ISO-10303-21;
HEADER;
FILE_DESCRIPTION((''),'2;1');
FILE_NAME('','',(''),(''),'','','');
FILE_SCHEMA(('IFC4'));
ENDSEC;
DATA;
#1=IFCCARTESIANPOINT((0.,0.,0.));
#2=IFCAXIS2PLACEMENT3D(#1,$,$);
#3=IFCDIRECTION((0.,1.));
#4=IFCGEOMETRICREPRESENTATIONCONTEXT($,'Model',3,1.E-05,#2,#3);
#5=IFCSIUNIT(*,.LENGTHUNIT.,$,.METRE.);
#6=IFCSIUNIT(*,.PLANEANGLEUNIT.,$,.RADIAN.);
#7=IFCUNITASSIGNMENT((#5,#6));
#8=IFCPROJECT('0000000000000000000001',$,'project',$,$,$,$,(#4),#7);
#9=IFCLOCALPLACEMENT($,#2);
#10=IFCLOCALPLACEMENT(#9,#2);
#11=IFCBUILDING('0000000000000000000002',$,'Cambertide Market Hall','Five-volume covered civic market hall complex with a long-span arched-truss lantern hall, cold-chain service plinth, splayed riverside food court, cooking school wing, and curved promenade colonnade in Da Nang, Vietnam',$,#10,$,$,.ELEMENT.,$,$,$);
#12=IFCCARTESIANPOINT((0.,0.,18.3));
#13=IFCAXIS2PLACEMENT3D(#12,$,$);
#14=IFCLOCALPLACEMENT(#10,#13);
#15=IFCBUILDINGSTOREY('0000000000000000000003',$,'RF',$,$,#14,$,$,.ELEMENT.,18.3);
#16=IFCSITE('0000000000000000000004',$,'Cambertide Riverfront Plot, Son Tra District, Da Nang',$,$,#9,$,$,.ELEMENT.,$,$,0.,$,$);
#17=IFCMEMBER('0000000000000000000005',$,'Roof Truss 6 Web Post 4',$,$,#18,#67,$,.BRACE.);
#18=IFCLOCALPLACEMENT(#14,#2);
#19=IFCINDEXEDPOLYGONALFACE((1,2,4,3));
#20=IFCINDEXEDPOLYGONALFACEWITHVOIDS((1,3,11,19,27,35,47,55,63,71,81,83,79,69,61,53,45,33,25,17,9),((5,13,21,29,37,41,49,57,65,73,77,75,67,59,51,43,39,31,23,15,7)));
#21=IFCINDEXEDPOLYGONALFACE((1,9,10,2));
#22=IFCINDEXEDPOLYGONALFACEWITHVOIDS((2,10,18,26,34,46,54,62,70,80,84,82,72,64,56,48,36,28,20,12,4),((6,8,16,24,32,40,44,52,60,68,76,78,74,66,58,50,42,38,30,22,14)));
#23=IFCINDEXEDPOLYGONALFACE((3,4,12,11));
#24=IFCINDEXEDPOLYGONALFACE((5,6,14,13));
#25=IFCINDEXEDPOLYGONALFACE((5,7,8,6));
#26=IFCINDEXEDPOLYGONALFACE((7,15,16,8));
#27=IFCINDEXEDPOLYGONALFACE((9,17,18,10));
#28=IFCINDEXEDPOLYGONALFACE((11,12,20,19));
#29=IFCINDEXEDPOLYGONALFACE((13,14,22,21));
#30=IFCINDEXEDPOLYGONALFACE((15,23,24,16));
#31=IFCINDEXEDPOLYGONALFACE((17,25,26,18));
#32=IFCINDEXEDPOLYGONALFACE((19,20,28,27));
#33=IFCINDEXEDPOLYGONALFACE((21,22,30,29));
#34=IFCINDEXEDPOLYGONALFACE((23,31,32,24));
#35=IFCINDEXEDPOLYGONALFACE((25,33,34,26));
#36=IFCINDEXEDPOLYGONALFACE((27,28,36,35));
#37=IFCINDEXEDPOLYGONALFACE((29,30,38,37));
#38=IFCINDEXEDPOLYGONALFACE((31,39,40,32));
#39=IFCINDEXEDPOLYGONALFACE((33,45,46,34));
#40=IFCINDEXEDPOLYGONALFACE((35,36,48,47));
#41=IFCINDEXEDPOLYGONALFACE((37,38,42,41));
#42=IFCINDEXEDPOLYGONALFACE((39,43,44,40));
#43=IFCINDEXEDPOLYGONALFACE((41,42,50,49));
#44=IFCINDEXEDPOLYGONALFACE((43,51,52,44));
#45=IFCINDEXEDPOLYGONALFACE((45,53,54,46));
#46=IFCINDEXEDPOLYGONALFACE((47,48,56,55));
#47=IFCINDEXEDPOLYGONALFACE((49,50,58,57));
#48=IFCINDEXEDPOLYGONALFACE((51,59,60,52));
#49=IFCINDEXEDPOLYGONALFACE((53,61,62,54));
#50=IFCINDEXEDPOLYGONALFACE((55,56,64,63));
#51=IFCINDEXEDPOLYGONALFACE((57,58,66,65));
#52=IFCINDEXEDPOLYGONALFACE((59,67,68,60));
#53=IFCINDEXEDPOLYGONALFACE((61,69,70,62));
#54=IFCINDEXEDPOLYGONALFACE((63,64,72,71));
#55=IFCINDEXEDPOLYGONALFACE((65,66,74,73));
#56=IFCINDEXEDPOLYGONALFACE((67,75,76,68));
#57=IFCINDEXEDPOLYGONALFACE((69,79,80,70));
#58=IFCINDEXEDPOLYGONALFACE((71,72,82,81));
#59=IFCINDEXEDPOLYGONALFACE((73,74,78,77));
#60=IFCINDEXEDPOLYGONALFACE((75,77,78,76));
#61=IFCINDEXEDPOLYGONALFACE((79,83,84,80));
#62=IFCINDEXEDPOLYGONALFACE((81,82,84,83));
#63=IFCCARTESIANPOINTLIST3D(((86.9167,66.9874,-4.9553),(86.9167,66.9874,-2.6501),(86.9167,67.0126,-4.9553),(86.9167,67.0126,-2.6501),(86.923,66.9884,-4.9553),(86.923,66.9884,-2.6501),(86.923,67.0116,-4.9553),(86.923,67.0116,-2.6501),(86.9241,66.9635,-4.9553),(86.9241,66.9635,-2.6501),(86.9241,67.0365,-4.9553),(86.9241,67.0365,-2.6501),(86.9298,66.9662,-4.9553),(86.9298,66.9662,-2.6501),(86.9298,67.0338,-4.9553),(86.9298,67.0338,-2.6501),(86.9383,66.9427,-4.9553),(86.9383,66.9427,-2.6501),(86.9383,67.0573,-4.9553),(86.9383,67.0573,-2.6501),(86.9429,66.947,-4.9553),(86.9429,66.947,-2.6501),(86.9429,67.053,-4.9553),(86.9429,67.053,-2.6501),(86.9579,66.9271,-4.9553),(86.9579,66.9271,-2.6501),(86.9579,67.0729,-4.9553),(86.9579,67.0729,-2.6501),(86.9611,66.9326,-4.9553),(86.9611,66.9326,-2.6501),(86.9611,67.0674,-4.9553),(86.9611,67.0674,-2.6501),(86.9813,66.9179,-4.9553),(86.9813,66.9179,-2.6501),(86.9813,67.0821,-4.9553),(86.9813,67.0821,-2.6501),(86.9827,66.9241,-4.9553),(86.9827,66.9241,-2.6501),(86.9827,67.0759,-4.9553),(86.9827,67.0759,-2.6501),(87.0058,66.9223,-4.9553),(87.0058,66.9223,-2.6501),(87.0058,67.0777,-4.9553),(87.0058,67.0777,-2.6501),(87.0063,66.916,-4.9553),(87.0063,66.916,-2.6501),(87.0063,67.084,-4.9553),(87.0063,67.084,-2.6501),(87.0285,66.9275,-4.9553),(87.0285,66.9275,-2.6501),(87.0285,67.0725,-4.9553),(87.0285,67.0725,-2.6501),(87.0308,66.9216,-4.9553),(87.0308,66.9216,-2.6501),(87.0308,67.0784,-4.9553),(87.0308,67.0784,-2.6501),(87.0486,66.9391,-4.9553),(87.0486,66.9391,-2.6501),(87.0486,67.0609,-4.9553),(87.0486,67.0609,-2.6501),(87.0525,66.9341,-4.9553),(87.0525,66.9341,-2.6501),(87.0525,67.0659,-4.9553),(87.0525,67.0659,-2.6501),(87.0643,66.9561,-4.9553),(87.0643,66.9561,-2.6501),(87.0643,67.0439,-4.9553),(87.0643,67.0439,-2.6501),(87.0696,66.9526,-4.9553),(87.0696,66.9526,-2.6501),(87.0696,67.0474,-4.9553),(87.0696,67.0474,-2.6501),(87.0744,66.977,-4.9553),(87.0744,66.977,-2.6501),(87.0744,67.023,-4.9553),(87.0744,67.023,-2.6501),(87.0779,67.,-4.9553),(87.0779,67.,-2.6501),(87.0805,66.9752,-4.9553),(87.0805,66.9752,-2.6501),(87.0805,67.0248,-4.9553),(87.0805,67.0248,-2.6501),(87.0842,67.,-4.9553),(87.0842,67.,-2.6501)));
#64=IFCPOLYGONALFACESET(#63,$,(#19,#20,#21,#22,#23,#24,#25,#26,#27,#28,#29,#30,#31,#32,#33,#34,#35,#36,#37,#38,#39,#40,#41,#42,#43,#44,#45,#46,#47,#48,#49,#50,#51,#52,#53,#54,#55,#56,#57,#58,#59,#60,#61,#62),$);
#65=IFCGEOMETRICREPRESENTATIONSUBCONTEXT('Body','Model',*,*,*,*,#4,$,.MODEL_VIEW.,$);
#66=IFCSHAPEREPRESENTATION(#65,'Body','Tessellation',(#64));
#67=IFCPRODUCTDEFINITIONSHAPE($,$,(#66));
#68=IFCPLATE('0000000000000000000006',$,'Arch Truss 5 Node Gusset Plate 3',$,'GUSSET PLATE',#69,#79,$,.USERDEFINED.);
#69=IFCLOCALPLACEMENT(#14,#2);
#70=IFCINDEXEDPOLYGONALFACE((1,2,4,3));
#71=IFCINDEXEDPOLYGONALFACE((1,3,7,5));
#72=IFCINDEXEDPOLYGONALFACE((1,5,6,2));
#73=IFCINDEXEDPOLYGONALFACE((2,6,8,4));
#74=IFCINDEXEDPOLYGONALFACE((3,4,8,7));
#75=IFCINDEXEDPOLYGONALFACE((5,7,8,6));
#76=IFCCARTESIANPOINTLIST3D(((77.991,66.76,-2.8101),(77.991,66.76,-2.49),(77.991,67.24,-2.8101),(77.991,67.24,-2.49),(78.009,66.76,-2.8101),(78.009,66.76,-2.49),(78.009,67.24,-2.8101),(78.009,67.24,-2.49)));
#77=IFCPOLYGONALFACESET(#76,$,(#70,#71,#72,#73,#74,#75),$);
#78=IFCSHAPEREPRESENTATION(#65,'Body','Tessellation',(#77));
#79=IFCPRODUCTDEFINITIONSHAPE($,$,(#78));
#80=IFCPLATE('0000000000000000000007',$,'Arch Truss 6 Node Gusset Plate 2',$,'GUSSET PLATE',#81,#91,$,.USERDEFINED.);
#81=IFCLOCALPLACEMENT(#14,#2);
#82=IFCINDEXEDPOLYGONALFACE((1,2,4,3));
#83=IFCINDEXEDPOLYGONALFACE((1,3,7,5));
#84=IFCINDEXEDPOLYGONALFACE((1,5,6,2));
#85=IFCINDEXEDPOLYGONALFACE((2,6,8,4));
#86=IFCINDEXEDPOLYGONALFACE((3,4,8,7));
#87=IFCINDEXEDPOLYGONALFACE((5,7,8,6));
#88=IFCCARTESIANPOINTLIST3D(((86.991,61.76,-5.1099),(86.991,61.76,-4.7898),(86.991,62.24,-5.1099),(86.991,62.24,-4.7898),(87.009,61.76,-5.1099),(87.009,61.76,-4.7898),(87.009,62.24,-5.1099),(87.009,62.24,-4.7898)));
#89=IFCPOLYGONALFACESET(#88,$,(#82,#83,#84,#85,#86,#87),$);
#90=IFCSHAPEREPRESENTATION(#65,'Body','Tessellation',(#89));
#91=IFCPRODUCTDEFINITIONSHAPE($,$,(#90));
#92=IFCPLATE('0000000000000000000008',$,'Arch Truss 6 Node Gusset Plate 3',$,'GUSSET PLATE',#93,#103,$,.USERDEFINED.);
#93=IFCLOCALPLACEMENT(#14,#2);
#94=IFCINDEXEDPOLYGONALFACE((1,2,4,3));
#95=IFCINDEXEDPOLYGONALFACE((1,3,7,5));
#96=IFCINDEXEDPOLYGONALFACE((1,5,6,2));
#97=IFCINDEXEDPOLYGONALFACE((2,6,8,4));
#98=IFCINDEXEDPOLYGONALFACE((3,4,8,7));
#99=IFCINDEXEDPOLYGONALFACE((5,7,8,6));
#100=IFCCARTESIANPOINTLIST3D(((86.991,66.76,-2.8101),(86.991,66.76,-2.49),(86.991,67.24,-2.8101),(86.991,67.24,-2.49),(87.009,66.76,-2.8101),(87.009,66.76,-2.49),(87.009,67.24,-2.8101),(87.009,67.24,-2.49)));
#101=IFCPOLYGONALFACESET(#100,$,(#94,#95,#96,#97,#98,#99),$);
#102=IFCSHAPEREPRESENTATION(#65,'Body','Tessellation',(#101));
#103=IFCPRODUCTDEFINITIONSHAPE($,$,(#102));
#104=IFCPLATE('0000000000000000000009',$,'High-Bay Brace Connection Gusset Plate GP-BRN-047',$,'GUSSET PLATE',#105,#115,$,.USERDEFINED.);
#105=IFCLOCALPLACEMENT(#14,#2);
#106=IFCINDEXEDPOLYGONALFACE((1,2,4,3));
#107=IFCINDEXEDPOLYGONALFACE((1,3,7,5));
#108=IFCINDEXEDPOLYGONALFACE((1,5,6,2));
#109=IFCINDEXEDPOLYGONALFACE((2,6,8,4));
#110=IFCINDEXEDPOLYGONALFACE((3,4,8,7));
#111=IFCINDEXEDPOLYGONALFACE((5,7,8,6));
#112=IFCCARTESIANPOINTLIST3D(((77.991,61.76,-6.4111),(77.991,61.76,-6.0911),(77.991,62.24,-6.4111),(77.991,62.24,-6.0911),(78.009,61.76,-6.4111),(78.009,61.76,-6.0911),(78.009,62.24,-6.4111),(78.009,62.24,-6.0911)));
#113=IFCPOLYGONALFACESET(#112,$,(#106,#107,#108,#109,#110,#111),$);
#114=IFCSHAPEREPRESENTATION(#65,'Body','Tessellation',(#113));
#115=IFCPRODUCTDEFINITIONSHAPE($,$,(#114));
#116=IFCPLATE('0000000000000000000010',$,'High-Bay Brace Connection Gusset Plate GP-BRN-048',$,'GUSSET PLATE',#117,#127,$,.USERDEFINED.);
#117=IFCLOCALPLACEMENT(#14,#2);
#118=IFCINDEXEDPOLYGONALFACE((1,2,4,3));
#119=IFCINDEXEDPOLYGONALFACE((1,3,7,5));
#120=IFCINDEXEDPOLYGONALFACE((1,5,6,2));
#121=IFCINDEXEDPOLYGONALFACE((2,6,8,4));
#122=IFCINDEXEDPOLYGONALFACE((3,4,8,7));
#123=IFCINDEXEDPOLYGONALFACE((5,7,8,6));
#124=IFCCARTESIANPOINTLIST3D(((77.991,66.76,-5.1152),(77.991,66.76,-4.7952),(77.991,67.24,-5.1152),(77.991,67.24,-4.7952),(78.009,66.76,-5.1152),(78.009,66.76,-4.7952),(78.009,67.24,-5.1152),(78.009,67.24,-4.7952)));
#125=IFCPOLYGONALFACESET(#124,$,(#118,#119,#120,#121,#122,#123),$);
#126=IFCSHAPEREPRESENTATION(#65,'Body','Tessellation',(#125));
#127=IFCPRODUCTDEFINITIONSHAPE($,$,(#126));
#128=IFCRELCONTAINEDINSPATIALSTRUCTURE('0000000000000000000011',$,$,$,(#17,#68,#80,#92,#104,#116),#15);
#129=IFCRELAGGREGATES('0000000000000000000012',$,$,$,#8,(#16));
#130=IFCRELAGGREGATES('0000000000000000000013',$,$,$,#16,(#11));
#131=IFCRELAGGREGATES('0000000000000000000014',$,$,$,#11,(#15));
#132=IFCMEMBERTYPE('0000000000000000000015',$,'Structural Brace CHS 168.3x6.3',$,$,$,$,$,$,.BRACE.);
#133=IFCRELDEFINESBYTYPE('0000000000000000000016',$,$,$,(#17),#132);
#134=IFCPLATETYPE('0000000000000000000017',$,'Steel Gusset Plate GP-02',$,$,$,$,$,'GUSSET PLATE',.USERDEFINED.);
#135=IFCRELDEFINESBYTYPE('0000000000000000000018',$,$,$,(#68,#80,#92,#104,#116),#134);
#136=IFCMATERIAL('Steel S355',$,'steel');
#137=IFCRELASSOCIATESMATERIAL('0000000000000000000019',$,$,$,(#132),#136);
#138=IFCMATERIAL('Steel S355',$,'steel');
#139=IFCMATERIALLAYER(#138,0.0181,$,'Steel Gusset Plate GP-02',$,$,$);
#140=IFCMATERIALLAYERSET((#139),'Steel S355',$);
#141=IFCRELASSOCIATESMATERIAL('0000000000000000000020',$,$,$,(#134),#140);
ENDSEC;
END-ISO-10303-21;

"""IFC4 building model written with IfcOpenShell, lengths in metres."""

from ifc_helpers import new_model, si_unit, direction, frame, origin, origin_2d, place, context, subcontext, project, spatial, rectangle, hollow_circle, extrude, material, layer, layer_set, material_profile, profile_set, type_object, element, save


model = new_model("IFC4")

# Units and contexts
model_context = context("Model", 3, precision=1e-05, world=origin(), true_north=direction((0.0, 1.0)))
body_context = subcontext(model_context, "Body", "Model", "MODEL_VIEW")
ifc_project = project(units=[si_unit("LENGTHUNIT", "METRE"), si_unit("PLANEANGLEUNIT", "RADIAN")], contexts=[model_context])

# Site, building, storey
site_placement = place(None, origin())
site = spatial("IfcSite", under=ifc_project, at=site_placement, Name="Cambertide Riverfront Plot, Son Tra District, Da Nang", CompositionType="ELEMENT", RefElevation=0.0)
building_placement = place(site_placement, origin())
building = spatial("IfcBuilding", under=site, at=building_placement, Name="Cambertide Market Hall", Description="Five-volume covered civic market hall complex with a long-span arched-truss lantern hall, cold-chain service plinth, splayed riverside food court, cooking school wing, and curved promenade colonnade in Da Nang, Vietnam", CompositionType="ELEMENT")
storey_placement = place(building_placement, frame((0.0, 0.0, 18.3)))
storey = spatial("IfcBuildingStorey", under=building, at=storey_placement, Name="RF", CompositionType="ELEMENT", Elevation=18.3)

# Member
ifc_material_1 = material(Name="Steel S355", Category="steel")
ifc_material_profile_1 = material_profile(ifc_material_1, hollow_circle(Radius=0.0842, WallThickness=0.0063, at=origin_2d()), Name="CHS 168.3x6.3")
ifc_profile_set_1 = profile_set([ifc_material_profile_1], Name="Steel S355")
member_type_1 = type_object("IfcMemberType", Name="Structural Brace CHS 168.3x6.3", PredefinedType="BRACE", material=ifc_profile_set_1)
member_1_placement = place(storey_placement, frame((87.0, 67.0, -4.9553), z_axis=(0.0, 0.0, 1.0), x_axis=(1.0, 0.0, 0.0)))
element("IfcMember", 1, at=member_1_placement, inside=storey, type_object=member_type_1, Name="Roof Truss 6 Web Post 4", PredefinedType="BRACE", context=body_context, shape_type="SweptSolid", body=[
    extrude(hollow_circle(Radius=0.0842, WallThickness=0.0063, at=origin_2d()), origin(), (0.0, 0.0, 1.0), 2.3052),
])

# Plates
ifc_material_2 = material(Name="Steel S355", Category="steel")
ifc_layer = layer(ifc_material_2, 0.0181, Name="Steel Gusset Plate GP-02")
ifc_layer_set = layer_set([ifc_layer], Name="Steel S355")
plate_type = type_object("IfcPlateType", Name="Steel Gusset Plate GP-02", ElementType="GUSSET PLATE", PredefinedType="USERDEFINED", material=ifc_layer_set)
for number, where, z_axis, x_axis, name in (
    (2, (78.0, 67.0, -2.8101), (0.0, 0.0, 1.0), (1.0, 0.0, 0.0), "Arch Truss 5 Node Gusset Plate 3"),
    (3, (87.0, 62.0, -5.1099), (0.0, 0.0, 1.0), (1.0, 0.0, 0.0), "Arch Truss 6 Node Gusset Plate 2"),
    (4, (87.0, 67.0, -2.8101), (0.0, 0.0, 1.0), (1.0, 0.0, 0.0), "Arch Truss 6 Node Gusset Plate 3"),
):
    element("IfcPlate", number, at=place(storey_placement, frame(where, z_axis=z_axis, x_axis=x_axis)), inside=storey, type_object=plate_type, Name=name, ObjectType="GUSSET PLATE", PredefinedType="USERDEFINED", context=body_context, shape_type="SweptSolid", body=[
        extrude(rectangle(XDim=0.0181, YDim=0.48, at=origin_2d()), origin(), (0.0, 0.0, 1.0), 0.3201),
    ])
for number, where, z_axis, x_axis, name in (
    (5, (78.0, 62.0, -6.4111), (0.0, 0.0, 1.0), (0.0, 1.0, 0.0), "High-Bay Brace Connection Gusset Plate GP-BRN-047"),
    (6, (78.0, 67.0, -5.1152), (0.0, 0.0, 1.0), (0.0, 1.0, 0.0), "High-Bay Brace Connection Gusset Plate GP-BRN-048"),
):
    element("IfcPlate", number, at=place(storey_placement, frame(where, z_axis=z_axis, x_axis=x_axis)), inside=storey, type_object=plate_type, Name=name, ObjectType="GUSSET PLATE", PredefinedType="USERDEFINED", context=body_context, shape_type="SweptSolid", body=[
        extrude(rectangle(XDim=0.48, YDim=0.0181, at=origin_2d()), origin(), (0.0, 0.0, 1.0), 0.3201),
    ])

save(model, "model.ifc")
